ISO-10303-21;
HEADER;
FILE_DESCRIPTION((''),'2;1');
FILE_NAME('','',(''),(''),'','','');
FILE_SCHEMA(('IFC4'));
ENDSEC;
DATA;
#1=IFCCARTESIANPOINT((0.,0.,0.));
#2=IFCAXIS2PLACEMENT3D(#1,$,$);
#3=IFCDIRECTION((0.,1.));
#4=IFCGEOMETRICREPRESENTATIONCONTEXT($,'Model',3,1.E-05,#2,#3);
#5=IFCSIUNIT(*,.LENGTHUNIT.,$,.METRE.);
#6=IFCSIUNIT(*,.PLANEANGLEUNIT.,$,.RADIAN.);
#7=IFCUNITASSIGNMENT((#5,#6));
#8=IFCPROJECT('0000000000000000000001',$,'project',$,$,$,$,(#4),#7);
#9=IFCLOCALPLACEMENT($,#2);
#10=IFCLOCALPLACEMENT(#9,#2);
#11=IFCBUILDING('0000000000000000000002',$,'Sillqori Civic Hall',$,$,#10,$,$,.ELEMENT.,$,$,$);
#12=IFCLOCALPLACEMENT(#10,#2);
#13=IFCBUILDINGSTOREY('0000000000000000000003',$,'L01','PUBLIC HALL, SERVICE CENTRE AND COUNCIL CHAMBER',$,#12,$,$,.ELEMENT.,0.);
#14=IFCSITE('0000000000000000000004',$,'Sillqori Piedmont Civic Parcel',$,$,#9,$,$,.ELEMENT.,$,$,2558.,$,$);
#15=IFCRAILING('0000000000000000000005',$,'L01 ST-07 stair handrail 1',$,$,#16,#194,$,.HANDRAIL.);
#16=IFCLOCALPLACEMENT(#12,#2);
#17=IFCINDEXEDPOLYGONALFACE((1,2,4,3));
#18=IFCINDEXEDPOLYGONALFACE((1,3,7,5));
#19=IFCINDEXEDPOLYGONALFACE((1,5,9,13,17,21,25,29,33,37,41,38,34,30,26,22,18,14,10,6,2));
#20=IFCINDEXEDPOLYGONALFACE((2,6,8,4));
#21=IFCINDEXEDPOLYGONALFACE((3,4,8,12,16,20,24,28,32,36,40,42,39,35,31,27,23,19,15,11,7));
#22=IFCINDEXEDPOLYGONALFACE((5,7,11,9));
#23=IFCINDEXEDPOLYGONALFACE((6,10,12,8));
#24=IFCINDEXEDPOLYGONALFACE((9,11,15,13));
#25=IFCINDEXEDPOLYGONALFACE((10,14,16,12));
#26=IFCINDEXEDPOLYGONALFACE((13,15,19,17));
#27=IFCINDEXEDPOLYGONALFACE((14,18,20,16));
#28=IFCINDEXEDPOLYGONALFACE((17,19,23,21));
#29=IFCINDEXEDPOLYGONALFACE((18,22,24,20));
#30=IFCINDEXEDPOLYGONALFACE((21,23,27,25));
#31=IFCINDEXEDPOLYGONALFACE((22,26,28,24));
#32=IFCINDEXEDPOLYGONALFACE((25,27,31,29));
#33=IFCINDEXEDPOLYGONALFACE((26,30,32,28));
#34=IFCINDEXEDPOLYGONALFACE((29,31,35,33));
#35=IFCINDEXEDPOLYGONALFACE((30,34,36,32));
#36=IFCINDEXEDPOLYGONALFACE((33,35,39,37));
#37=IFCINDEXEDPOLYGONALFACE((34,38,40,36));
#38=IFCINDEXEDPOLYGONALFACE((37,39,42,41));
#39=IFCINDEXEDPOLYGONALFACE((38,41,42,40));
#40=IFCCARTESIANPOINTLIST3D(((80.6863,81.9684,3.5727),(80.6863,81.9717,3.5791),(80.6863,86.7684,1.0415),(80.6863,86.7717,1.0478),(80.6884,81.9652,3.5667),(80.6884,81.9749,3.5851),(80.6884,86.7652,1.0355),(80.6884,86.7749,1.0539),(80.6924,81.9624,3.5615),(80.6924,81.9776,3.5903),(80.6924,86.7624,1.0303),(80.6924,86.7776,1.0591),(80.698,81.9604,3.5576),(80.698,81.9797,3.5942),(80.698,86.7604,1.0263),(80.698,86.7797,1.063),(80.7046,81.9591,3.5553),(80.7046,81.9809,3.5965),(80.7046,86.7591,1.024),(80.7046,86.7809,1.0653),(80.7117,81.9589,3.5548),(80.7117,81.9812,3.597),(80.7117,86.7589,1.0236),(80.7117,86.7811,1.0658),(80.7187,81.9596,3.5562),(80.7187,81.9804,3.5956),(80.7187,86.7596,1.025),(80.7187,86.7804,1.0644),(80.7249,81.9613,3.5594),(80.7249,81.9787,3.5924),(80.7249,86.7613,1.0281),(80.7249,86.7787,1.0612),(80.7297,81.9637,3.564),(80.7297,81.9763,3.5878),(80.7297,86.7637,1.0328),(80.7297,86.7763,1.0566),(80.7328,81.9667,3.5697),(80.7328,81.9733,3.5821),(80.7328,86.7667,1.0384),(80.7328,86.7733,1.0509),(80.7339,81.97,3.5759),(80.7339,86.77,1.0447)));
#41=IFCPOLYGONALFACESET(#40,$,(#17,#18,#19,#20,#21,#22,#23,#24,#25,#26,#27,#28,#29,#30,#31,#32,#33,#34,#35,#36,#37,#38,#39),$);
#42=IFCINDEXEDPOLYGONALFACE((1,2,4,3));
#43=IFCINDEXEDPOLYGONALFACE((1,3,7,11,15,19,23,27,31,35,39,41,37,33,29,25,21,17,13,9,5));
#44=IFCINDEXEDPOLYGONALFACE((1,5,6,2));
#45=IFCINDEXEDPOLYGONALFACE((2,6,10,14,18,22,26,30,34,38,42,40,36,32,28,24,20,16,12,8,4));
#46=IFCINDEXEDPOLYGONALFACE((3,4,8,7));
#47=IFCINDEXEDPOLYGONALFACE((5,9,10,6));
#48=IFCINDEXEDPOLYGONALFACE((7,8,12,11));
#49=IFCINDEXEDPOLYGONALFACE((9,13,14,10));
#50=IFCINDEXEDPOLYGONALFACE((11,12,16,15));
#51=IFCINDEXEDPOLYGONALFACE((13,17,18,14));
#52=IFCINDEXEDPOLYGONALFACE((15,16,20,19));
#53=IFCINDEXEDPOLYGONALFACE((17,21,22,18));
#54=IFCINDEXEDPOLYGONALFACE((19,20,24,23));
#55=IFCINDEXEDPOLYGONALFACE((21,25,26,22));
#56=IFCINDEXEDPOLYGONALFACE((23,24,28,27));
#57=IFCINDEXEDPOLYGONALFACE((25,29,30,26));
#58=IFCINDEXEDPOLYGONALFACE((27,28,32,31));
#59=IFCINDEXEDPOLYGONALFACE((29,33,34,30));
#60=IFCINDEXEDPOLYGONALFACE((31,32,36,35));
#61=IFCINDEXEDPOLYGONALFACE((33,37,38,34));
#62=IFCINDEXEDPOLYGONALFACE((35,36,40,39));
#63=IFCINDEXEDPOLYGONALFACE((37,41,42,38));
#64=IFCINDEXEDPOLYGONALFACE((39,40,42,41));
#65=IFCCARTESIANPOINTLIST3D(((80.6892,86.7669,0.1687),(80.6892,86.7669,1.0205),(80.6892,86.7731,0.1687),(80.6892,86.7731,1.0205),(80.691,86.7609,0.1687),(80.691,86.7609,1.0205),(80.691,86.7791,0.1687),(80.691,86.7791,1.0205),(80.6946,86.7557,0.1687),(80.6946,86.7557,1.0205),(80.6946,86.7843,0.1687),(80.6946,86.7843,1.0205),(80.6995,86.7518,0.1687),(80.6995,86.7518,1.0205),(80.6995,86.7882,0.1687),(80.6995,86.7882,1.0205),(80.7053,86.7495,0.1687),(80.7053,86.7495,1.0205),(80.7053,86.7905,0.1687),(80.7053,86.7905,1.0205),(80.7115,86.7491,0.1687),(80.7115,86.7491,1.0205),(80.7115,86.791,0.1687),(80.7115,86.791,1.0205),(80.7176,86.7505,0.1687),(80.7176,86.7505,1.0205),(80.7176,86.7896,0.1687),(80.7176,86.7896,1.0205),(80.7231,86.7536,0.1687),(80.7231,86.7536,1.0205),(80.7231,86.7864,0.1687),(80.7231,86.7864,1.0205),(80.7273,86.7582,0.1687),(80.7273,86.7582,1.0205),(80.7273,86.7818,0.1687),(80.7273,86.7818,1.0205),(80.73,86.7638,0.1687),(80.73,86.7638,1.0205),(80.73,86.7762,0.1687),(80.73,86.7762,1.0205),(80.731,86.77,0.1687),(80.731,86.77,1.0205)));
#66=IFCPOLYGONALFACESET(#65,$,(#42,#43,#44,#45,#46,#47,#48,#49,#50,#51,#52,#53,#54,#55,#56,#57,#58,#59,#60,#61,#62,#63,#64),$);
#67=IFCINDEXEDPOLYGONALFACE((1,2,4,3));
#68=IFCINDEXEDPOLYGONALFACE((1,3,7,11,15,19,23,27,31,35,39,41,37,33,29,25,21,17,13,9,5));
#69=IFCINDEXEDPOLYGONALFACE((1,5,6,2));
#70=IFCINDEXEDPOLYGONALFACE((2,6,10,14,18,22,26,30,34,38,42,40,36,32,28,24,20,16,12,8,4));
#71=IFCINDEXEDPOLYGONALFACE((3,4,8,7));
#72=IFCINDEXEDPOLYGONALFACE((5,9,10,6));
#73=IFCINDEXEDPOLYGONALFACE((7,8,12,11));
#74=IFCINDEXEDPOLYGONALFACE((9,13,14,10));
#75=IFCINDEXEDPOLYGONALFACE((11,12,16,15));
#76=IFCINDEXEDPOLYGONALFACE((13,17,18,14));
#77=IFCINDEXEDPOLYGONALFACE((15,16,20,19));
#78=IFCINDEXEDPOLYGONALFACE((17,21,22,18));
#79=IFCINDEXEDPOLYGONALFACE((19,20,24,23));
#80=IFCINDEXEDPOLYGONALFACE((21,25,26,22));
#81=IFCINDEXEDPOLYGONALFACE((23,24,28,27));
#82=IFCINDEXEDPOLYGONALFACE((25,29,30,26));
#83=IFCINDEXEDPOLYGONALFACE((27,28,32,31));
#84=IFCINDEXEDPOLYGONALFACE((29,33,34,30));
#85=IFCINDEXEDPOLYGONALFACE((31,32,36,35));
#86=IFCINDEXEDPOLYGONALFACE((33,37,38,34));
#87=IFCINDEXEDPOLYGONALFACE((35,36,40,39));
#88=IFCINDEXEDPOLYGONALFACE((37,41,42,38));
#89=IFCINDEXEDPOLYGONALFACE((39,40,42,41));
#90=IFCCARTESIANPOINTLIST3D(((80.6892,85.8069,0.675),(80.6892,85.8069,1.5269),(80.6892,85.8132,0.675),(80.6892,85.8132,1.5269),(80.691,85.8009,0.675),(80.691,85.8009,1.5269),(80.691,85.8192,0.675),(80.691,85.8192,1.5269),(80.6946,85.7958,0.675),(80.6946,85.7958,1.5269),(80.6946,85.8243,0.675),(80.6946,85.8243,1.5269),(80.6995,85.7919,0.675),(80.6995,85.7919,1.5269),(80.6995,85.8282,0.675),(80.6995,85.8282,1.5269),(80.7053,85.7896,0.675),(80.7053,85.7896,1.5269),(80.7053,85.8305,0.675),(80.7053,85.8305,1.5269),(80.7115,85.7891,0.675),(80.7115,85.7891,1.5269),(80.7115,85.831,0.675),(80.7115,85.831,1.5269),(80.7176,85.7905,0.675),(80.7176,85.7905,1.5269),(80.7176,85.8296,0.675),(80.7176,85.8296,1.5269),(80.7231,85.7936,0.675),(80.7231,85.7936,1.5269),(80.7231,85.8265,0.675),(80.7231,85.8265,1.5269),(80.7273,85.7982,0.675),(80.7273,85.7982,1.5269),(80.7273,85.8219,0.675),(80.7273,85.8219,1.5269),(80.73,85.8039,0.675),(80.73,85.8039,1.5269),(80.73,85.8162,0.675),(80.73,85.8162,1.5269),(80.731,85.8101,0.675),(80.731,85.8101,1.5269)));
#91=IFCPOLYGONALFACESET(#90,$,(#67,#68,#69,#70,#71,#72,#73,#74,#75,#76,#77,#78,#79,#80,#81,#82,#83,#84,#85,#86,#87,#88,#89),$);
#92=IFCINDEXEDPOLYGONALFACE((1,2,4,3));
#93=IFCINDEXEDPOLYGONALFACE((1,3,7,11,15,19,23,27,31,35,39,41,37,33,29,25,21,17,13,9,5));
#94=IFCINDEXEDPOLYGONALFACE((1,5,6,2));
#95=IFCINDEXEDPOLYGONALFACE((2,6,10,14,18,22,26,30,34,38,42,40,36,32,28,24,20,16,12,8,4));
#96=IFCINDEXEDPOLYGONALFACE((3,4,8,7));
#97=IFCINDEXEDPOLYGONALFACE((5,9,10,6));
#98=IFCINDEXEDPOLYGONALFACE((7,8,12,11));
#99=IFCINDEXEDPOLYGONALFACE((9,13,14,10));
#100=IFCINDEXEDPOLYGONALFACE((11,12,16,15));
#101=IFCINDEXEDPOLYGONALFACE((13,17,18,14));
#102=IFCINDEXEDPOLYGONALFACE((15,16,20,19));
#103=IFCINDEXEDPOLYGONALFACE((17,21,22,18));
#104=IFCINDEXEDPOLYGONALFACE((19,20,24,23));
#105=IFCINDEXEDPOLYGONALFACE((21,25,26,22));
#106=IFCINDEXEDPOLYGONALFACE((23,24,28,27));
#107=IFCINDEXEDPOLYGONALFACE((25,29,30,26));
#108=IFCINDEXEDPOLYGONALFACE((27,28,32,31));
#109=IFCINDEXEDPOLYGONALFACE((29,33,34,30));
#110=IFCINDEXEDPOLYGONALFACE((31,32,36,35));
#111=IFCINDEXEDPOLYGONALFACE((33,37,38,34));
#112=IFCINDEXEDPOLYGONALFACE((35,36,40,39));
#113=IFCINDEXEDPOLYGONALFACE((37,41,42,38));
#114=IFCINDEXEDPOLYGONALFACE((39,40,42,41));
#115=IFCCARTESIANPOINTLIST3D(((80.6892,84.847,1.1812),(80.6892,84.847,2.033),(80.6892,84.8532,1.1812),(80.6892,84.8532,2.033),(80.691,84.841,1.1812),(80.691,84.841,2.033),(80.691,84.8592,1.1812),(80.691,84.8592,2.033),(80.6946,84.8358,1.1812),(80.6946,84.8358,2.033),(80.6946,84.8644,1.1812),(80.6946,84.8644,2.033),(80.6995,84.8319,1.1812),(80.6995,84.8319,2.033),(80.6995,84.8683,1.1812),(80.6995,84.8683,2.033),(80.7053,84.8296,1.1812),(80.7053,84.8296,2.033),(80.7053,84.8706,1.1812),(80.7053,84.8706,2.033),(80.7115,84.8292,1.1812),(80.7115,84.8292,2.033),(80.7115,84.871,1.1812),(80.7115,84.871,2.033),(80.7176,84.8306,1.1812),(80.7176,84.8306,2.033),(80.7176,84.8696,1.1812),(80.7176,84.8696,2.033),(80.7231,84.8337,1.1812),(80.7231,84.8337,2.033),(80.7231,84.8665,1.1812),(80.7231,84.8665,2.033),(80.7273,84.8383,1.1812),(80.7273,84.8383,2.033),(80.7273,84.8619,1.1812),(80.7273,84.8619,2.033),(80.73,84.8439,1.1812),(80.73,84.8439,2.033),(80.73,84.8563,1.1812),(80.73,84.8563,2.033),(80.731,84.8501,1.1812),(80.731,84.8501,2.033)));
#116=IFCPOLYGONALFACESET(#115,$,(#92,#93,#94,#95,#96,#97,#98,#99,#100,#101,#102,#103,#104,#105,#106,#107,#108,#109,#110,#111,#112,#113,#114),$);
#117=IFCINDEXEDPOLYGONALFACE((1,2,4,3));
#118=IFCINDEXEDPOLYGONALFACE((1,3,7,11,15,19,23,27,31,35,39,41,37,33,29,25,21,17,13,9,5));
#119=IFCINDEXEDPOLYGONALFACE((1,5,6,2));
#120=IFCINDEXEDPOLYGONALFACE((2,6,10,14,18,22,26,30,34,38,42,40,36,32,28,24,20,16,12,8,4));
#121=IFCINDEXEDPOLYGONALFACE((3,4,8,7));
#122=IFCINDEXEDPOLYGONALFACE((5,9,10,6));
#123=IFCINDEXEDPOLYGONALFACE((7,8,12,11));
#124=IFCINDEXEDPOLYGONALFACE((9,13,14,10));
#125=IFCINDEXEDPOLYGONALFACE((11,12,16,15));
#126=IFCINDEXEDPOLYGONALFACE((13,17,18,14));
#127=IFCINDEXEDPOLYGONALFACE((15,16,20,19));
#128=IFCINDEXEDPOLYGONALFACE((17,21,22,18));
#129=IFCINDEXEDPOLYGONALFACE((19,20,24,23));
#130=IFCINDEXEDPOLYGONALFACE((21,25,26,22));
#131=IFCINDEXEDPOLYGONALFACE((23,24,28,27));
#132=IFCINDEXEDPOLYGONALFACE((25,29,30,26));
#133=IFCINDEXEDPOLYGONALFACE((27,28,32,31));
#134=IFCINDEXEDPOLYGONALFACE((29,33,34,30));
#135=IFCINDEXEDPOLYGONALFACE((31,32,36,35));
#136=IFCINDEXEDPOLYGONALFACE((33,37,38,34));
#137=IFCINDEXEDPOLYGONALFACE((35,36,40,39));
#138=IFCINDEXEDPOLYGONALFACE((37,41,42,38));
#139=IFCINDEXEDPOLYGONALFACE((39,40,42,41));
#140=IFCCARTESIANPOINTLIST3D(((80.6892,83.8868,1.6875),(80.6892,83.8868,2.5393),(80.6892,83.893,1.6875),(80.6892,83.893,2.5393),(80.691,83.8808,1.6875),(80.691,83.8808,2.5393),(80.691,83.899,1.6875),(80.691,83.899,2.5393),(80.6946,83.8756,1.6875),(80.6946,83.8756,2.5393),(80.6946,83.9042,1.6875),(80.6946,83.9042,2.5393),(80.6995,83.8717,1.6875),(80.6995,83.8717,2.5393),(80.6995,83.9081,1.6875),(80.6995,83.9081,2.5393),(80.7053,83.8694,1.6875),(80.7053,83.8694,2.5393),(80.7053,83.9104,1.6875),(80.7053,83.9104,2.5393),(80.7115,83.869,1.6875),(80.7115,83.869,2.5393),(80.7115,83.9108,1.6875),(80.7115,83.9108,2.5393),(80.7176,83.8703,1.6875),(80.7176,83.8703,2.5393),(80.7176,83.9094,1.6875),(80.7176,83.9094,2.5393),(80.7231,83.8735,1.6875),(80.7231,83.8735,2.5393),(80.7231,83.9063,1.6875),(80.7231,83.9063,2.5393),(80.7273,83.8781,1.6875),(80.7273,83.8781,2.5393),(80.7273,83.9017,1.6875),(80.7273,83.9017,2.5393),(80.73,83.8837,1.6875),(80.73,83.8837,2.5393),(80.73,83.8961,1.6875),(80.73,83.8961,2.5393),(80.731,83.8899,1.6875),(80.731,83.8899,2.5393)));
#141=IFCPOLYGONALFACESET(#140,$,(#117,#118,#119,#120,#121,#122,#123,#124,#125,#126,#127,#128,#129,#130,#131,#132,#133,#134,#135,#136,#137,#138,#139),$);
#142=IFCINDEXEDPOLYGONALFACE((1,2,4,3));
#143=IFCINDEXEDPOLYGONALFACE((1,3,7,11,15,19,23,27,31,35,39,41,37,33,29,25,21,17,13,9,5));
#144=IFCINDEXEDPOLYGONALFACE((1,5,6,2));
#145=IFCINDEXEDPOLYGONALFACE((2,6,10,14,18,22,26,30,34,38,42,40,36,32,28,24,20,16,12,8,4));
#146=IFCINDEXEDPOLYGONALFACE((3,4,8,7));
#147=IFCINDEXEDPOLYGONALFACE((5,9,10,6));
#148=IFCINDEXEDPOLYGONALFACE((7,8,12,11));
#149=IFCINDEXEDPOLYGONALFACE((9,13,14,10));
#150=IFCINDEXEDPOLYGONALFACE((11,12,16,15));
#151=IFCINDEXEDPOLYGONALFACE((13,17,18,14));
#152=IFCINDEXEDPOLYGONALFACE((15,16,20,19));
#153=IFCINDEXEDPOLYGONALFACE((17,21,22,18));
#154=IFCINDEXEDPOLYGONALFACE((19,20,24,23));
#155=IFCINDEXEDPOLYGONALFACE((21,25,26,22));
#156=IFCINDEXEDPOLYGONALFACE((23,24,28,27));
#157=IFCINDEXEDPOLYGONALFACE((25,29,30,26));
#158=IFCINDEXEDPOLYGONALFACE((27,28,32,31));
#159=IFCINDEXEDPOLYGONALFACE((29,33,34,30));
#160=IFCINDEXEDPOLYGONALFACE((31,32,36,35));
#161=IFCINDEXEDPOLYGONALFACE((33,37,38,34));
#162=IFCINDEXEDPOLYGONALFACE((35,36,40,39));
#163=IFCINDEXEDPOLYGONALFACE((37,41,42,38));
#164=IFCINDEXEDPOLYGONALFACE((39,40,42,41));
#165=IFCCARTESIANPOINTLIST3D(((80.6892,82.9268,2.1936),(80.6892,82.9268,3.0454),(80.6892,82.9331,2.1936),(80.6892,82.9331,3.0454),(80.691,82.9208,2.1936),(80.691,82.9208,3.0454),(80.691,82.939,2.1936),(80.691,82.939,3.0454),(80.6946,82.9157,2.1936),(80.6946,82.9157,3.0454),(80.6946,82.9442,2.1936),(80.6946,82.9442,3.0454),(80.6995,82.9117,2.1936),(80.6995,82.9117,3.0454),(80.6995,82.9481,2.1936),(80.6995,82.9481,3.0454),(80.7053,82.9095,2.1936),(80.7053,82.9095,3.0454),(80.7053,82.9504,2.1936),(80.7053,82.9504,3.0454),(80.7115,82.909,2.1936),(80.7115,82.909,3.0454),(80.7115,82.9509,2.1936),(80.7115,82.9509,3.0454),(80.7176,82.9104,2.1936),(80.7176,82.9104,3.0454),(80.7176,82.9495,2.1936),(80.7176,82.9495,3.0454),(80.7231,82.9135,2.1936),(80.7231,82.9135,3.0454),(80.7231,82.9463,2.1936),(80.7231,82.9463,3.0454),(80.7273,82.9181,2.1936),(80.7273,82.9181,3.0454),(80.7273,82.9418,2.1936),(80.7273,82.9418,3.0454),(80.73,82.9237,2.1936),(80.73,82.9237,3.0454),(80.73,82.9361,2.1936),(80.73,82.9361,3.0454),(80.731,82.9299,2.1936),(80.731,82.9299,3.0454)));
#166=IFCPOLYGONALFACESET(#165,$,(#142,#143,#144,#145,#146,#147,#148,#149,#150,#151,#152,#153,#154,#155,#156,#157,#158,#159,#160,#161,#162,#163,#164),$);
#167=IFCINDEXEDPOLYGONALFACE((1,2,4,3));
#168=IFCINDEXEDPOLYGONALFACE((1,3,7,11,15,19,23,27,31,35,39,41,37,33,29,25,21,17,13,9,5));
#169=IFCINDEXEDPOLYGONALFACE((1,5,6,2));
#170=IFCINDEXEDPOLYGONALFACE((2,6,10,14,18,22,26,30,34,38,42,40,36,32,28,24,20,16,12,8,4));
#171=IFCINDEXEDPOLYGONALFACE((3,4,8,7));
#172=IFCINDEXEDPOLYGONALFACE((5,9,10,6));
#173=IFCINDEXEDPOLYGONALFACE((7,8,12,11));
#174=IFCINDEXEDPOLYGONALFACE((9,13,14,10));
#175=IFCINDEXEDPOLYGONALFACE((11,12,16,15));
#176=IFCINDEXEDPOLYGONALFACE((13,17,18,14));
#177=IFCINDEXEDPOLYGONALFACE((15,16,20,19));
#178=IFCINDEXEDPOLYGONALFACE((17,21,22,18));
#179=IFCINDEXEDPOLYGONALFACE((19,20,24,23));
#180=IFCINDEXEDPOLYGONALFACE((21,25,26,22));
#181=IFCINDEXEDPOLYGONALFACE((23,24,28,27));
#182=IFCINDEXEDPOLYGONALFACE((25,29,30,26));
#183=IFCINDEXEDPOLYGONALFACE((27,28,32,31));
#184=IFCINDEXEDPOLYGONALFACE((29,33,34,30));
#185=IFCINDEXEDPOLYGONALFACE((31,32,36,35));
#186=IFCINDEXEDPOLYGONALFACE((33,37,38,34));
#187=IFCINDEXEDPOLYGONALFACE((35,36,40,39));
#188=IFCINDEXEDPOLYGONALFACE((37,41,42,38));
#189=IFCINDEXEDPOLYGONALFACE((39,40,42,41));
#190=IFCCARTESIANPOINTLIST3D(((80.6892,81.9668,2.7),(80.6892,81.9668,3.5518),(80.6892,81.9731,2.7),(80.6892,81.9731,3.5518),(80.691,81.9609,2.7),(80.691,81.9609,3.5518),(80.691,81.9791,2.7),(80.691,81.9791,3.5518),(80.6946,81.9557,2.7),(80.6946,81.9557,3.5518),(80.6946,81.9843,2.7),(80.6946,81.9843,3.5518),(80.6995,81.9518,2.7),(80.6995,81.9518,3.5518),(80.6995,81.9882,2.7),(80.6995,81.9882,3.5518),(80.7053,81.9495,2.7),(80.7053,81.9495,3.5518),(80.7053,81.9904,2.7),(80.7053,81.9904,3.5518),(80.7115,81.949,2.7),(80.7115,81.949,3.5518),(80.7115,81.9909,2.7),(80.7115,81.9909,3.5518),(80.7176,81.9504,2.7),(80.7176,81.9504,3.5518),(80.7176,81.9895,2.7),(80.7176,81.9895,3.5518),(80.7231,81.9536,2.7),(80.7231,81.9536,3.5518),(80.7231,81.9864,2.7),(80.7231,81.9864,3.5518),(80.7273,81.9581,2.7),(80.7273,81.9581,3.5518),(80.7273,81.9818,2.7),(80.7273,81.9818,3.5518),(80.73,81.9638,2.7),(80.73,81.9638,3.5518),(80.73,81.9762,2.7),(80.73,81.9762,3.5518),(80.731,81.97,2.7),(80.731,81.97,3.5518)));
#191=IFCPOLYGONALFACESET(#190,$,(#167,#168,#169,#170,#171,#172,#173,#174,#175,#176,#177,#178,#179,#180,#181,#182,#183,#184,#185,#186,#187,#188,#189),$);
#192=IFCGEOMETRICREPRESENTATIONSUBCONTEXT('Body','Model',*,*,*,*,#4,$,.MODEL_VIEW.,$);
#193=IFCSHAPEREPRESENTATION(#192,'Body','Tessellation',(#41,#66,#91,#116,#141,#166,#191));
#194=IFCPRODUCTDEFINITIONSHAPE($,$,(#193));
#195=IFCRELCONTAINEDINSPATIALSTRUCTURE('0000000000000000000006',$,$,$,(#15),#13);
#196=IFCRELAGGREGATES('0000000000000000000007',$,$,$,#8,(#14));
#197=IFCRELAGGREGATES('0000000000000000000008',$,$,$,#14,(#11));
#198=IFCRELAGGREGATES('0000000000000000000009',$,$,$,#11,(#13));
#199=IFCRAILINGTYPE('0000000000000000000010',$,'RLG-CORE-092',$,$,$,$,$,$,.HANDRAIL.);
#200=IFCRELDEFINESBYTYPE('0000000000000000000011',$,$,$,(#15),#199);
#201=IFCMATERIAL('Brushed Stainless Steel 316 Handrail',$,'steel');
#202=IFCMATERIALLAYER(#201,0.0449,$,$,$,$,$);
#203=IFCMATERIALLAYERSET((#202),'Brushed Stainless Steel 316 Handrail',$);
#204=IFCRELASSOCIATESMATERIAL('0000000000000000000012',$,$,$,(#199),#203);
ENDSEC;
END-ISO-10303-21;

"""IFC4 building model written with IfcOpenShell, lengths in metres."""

from ifc_helpers import new_model, si_unit, direction, frame, origin, origin_2d, place, context, subcontext, project, spatial, circle, extrude, material, layer, layer_set, type_object, element, save


model = new_model("IFC4")

# Units and contexts
model_context = context("Model", 3, precision=1e-05, world=origin(), true_north=direction((0.0, 1.0)))
body_context = subcontext(model_context, "Body", "Model", "MODEL_VIEW")
ifc_project = project(units=[si_unit("LENGTHUNIT", "METRE"), si_unit("PLANEANGLEUNIT", "RADIAN")], contexts=[model_context])

# Site, building, storey
site_placement = place(None, origin())
site = spatial("IfcSite", under=ifc_project, at=site_placement, Name="Sillqori Piedmont Civic Parcel", CompositionType="ELEMENT", RefElevation=2558.0)
building_placement = place(site_placement, origin())
building = spatial("IfcBuilding", under=site, at=building_placement, Name="Sillqori Civic Hall", CompositionType="ELEMENT")
storey_placement = place(building_placement, origin())
storey = spatial("IfcBuildingStorey", under=building, at=storey_placement, Name="L01", Description="PUBLIC HALL, SERVICE CENTRE AND COUNCIL CHAMBER", CompositionType="ELEMENT", Elevation=0.0)

# Railing
ifc_material_1 = material(Name="Brushed Stainless Steel 316 Handrail", Category="steel")
ifc_layer_1 = layer(ifc_material_1, 0.0449)
ifc_layer_set_1 = layer_set([ifc_layer_1], Name="Brushed Stainless Steel 316 Handrail")
railing_type_1 = type_object("IfcRailingType", Name="RLG-CORE-092", PredefinedType="HANDRAIL", material=ifc_layer_set_1)
railing_1_placement = place(storey_placement, frame((80.71, 86.77, 0.1687)))
element("IfcRailing", 1, at=railing_1_placement, inside=storey, type_object=railing_type_1, Name="L01 ST-07 stair handrail 1", PredefinedType="HANDRAIL", context=body_context, shape_type="SweptSolid", body=[
    extrude(circle(Radius=0.0239, at=origin_2d()), frame((0.0, 0.0, 0.876), z_axis=(0.0, -0.884545, 0.466455), x_axis=(1.0, 0.0, 0.0)), (0.0, 0.0, 1.0), 5.4265),
    extrude(circle(Radius=0.021, at=origin_2d()), origin(), (0.0, 0.0, 1.0), 0.8518),
    extrude(circle(Radius=0.021, at=origin_2d()), frame((0.0, -0.96, 0.5063)), (0.0, 0.0, 1.0), 0.8518),
    extrude(circle(Radius=0.021, at=origin_2d()), frame((0.0, -1.9199, 1.0125)), (0.0, 0.0, 1.0), 0.8518),
    extrude(circle(Radius=0.021, at=origin_2d()), frame((0.0, -2.8801, 1.5188)), (0.0, 0.0, 1.0), 0.8518),
    extrude(circle(Radius=0.021, at=origin_2d()), frame((0.0, -3.8401, 2.0249)), (0.0, 0.0, 1.0), 0.8518),
    extrude(circle(Radius=0.021, at=origin_2d()), frame((0.0, -4.8, 2.5312)), (0.0, 0.0, 1.0), 0.8518),
])

save(model, "model.ifc")
